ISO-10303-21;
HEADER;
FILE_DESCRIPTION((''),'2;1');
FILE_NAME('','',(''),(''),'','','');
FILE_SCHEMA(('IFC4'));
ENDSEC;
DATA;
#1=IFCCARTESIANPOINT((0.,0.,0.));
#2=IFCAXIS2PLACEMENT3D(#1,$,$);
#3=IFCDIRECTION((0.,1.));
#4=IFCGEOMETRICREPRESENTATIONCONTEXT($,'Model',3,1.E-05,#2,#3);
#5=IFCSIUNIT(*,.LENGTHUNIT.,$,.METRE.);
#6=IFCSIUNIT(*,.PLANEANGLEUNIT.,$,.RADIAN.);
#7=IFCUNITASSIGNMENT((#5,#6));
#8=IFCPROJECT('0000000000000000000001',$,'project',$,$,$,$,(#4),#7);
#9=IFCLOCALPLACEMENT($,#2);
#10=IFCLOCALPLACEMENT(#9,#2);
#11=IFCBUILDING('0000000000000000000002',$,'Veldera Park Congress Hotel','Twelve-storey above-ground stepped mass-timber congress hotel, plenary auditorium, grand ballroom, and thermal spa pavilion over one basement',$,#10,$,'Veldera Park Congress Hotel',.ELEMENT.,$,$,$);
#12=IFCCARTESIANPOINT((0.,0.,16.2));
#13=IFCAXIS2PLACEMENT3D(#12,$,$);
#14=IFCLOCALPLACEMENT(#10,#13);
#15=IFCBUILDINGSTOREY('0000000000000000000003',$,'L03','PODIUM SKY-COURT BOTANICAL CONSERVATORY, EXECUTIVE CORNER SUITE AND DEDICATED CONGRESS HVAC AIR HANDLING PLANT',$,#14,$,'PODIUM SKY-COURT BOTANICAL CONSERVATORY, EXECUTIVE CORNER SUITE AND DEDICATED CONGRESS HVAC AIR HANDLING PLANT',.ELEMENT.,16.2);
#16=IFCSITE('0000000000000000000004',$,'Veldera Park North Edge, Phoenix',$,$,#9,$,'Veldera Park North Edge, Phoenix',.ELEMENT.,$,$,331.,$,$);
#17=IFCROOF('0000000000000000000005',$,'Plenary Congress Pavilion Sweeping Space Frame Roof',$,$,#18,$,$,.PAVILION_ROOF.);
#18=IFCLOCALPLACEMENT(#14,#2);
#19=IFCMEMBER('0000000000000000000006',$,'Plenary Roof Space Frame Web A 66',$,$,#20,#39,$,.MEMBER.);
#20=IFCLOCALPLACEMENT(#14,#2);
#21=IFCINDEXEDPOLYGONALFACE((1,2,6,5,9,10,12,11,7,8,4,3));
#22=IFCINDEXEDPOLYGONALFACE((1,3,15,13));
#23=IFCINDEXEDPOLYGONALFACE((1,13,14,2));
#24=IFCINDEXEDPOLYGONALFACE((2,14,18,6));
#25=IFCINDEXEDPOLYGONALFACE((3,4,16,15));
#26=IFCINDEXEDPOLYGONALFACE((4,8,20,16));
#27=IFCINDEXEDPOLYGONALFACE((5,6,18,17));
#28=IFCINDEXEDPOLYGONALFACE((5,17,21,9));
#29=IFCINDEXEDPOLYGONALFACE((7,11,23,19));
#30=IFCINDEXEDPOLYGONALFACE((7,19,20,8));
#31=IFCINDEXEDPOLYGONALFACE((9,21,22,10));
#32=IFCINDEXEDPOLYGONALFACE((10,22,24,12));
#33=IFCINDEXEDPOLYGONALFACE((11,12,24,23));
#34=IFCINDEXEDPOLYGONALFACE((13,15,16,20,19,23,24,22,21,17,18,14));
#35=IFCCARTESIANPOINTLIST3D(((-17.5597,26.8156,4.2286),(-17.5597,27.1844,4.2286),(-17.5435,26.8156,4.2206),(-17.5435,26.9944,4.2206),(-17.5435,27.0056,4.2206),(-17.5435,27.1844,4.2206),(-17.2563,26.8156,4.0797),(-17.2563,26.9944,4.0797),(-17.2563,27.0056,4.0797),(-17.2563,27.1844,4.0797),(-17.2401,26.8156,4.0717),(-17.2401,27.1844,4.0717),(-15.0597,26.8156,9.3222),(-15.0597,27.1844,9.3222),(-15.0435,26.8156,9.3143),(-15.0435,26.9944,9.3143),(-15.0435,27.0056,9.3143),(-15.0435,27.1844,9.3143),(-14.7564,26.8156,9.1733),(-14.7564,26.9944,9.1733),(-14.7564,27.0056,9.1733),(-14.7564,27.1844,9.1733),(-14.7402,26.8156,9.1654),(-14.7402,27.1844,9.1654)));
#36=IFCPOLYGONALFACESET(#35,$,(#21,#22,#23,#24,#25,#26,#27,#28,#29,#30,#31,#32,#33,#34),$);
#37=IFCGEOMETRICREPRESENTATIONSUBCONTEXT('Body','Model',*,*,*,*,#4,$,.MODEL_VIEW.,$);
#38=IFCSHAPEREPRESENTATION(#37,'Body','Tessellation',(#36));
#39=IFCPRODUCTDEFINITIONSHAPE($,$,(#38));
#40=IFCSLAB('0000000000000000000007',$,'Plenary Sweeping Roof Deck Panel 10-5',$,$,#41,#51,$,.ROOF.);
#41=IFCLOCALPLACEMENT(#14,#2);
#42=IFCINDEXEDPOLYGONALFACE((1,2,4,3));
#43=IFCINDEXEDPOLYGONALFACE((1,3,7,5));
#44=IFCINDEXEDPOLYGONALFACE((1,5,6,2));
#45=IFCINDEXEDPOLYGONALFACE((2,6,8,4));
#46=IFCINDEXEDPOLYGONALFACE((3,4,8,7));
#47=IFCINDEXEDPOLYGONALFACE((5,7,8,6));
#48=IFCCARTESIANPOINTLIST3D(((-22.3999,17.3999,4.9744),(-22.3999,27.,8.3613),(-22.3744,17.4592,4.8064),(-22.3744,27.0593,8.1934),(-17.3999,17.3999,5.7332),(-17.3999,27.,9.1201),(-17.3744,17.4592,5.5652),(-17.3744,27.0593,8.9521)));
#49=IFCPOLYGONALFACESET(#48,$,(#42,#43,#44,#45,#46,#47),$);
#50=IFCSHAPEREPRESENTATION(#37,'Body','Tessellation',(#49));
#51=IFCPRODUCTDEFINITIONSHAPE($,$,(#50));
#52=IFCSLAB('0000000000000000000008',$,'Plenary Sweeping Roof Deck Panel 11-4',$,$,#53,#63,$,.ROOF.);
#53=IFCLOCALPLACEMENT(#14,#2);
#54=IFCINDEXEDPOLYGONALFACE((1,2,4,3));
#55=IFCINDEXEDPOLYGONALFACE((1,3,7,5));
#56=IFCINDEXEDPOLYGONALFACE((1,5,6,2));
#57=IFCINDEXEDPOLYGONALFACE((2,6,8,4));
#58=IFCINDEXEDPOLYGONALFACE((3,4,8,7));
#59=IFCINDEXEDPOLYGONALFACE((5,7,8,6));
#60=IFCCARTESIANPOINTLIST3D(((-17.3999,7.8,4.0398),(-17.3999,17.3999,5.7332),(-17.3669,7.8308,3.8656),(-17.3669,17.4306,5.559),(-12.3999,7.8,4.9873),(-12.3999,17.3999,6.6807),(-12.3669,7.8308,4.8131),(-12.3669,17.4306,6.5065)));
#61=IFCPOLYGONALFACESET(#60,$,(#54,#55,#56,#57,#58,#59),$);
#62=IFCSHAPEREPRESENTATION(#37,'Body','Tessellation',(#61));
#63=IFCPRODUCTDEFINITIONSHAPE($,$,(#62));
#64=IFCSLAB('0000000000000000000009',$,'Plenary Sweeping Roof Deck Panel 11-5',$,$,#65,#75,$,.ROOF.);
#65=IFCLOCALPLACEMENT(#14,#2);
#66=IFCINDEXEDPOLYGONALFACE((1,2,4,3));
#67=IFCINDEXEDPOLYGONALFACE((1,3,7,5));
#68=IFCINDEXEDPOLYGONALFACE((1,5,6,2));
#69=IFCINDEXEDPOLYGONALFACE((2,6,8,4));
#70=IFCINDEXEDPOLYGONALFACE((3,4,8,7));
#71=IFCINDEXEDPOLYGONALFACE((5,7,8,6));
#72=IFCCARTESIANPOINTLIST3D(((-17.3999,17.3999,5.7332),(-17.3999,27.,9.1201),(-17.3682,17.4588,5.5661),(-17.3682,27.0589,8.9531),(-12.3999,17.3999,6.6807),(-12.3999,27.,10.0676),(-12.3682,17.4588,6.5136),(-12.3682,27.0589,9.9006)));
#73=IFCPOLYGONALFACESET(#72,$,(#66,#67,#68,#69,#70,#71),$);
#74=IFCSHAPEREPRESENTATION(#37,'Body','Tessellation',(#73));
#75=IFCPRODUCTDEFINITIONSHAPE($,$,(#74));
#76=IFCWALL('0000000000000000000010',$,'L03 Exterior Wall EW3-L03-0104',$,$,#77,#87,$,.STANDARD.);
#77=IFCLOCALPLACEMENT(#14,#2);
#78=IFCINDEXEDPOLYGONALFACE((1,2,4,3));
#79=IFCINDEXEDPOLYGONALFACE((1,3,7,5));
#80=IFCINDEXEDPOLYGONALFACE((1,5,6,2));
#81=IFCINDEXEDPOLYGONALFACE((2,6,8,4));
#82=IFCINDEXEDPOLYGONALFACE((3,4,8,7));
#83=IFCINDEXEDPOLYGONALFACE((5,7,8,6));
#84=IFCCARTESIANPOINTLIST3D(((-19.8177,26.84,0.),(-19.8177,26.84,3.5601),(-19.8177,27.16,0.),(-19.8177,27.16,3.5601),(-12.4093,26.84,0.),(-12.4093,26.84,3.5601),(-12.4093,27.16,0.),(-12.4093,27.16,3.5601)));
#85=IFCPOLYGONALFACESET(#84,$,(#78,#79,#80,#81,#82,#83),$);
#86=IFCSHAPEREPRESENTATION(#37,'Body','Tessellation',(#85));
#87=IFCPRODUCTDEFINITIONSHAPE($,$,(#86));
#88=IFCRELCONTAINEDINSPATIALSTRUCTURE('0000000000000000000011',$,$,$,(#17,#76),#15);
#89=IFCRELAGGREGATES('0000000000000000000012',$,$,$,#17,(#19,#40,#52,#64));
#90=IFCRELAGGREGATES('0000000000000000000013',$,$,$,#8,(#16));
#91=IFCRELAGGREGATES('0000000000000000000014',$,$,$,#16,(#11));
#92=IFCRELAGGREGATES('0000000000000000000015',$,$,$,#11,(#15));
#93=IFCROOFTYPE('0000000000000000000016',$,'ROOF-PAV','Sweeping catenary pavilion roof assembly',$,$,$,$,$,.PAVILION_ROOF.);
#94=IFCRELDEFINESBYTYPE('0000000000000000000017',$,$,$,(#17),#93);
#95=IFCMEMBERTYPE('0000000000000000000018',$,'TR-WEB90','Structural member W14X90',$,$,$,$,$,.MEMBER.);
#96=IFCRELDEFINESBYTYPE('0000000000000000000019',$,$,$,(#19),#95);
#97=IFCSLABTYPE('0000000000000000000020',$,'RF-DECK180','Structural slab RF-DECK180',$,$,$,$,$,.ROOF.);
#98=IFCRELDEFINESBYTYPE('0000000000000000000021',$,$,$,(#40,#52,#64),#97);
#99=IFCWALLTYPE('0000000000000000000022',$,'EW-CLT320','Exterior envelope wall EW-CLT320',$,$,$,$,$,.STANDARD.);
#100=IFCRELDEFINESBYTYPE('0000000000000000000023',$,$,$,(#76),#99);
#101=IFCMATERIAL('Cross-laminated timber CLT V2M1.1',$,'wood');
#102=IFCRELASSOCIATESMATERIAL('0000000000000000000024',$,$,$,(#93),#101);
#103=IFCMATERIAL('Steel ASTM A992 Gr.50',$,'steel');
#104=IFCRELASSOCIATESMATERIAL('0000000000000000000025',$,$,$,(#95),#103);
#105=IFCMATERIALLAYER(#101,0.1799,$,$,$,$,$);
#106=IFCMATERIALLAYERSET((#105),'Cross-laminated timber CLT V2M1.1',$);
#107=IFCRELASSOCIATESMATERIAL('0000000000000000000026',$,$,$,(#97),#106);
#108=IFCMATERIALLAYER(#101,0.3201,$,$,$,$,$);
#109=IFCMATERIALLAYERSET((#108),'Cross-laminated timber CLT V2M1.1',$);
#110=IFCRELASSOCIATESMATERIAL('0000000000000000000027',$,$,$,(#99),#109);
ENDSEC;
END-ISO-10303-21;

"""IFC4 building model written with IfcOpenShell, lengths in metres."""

from ifc_helpers import new_model, si_unit, direction, frame, frame_2d, origin, origin_2d, place, context, subcontext, project, spatial, polyline, rectangle, i_section, outline, extrude, material, layer, layer_set, material_profile, profile_set, type_object, element, aggregate, save


model = new_model("IFC4")

# Units and contexts
model_context = context("Model", 3, precision=1e-05, world=origin(), true_north=direction((0.0, 1.0)))
body_context = subcontext(model_context, "Body", "Model", "MODEL_VIEW")
ifc_project = project(units=[si_unit("LENGTHUNIT", "METRE"), si_unit("PLANEANGLEUNIT", "RADIAN")], contexts=[model_context])

# Site, building, storey
site_placement = place(None, origin())
site = spatial("IfcSite", under=ifc_project, at=site_placement, Name="Veldera Park North Edge, Phoenix", LongName="Veldera Park North Edge, Phoenix", CompositionType="ELEMENT", RefElevation=331.0)
building_placement = place(site_placement, origin())
building = spatial("IfcBuilding", under=site, at=building_placement, Name="Veldera Park Congress Hotel", Description="Twelve-storey above-ground stepped mass-timber congress hotel, plenary auditorium, grand ballroom, and thermal spa pavilion over one basement", LongName="Veldera Park Congress Hotel", CompositionType="ELEMENT")
storey_placement = place(building_placement, frame((0.0, 0.0, 16.2)))
storey = spatial("IfcBuildingStorey", under=building, at=storey_placement, Name="L03", Description="PODIUM SKY-COURT BOTANICAL CONSERVATORY, EXECUTIVE CORNER SUITE AND DEDICATED CONGRESS HVAC AIR HANDLING PLANT", LongName="PODIUM SKY-COURT BOTANICAL CONSERVATORY, EXECUTIVE CORNER SUITE AND DEDICATED CONGRESS HVAC AIR HANDLING PLANT", CompositionType="ELEMENT", Elevation=16.2)

# Shared definitions
ifc_material_1 = material(Name="Steel ASTM A992 Gr.50", Category="steel")

# Roof, member, slabs
ifc_material_2 = material(Name="Cross-laminated timber CLT V2M1.1", Category="wood")
roof_type = type_object("IfcRoofType", Name="ROOF-PAV", Description="Sweeping catenary pavilion roof assembly", PredefinedType="PAVILION_ROOF", material=ifc_material_2)
roof_placement = place(storey_placement, origin())
roof = element("IfcRoof", 1, at=roof_placement, inside=storey, type_object=roof_type, Name="Plenary Congress Pavilion Sweeping Space Frame Roof", PredefinedType="PAVILION_ROOF")
ifc_material_profile_1 = material_profile(ifc_material_1, i_section(OverallWidth=0.3689, OverallDepth=0.356, WebThickness=0.0112, FlangeThickness=0.0181, at=origin_2d()), Name="W14X90")
ifc_profile_set_1 = profile_set([ifc_material_profile_1], Name="Steel ASTM A992 Gr.50")
member_type_1 = type_object("IfcMemberType", Name="TR-WEB90", Description="Structural member W14X90", PredefinedType="MEMBER", material=ifc_profile_set_1)
member_1_placement = place(storey_placement, frame((-17.3999, 27.0, 4.1501), z_axis=(0.440592, 0.0, 0.897707), x_axis=(0.0, 1.0, 0.0)))
member_1 = element("IfcMember", 2, at=member_1_placement, type_object=member_type_1, Name="Plenary Roof Space Frame Web A 66", PredefinedType="MEMBER", context=body_context, shape_type="SweptSolid", body=[
    extrude(i_section(OverallWidth=0.3689, OverallDepth=0.356, WebThickness=0.0112, FlangeThickness=0.0181, at=origin_2d()), origin(), (0.0, 0.0, 1.0), 5.6741),
])
ifc_layer_1 = layer(ifc_material_2, 0.1799)
ifc_layer_set_1 = layer_set([ifc_layer_1], Name="Cross-laminated timber CLT V2M1.1")
slab_type = type_object("IfcSlabType", Name="RF-DECK180", Description="Structural slab RF-DECK180", PredefinedType="ROOF", material=ifc_layer_set_1)
slab_1_placement = place(storey_placement, frame((-22.3999, 17.3999, 4.9744), z_axis=(-0.141669, -0.32935, 0.933519), x_axis=(0.98868, 0.0, 0.15004)))
slab_1 = element("IfcSlab", 3, at=slab_1_placement, type_object=slab_type, Name="Plenary Sweeping Roof Deck Panel 10-5", PredefinedType="ROOF", context=body_context, shape_type="SweptSolid", body=[
    extrude(outline(polyline([(0.0, 0.0), (5.0572, 0.0), (5.5654, 10.1674), (0.5082, 10.1674), (0.0, 0.0)])), origin(), (0.0, 0.0, -1.0), 0.1799),
])
slab_2_placement = place(storey_placement, frame((-17.3999, 7.8, 4.0398), z_axis=(-0.183454, -0.170764, 0.968083), x_axis=(0.982514, 0.0, 0.186188)))
slab_2 = element("IfcSlab", 4, at=slab_2_placement, type_object=slab_type, Name="Plenary Sweeping Roof Deck Panel 11-4", PredefinedType="ROOF", context=body_context, shape_type="SweptSolid", body=[
    extrude(outline(polyline([(0.0, 0.0), (5.089, 0.0), (5.4043, 9.743), (0.3153, 9.743), (0.0, 0.0)])), origin(), (0.0, 0.0, -1.0), 0.1799),
])
slab_3_placement = place(storey_placement, frame((-17.3999, 17.3999, 5.7332), z_axis=(-0.175919, -0.327517, 0.928324), x_axis=(0.982514, 0.0, 0.186188)))
slab_3 = element("IfcSlab", 5, at=slab_3_placement, type_object=slab_type, Name="Plenary Sweeping Roof Deck Panel 11-5", PredefinedType="ROOF", context=body_context, shape_type="SweptSolid", body=[
    extrude(outline(polyline([(0.0, 0.0), (5.089, 0.0), (5.7196, 10.1605), (0.6306, 10.1605), (0.0, 0.0)])), origin(), (0.0, 0.0, -1.0), 0.1799),
])
aggregate(roof, [member_1, slab_1, slab_2, slab_3])

# Wall
ifc_layer_2 = layer(ifc_material_2, 0.3201)
ifc_layer_set_2 = layer_set([ifc_layer_2], Name="Cross-laminated timber CLT V2M1.1")
wall_type = type_object("IfcWallType", Name="EW-CLT320", Description="Exterior envelope wall EW-CLT320", PredefinedType="STANDARD", material=ifc_layer_set_2)
wall_placement = place(storey_placement, frame((-19.8176, 27.0, 0.0), z_axis=(0.0, 0.0, 1.0), x_axis=(1.0, 0.0, 0.0)))
element("IfcWall", 6, at=wall_placement, inside=storey, type_object=wall_type, Name="L03 Exterior Wall EW3-L03-0104", PredefinedType="STANDARD", context=body_context, shape_type="SweptSolid", body=[
    extrude(rectangle(XDim=7.4084, YDim=0.3201, at=frame_2d((3.7041, 0.0))), origin(), (0.0, 0.0, 1.0), 3.5601),
])

save(model, "model.ifc")
